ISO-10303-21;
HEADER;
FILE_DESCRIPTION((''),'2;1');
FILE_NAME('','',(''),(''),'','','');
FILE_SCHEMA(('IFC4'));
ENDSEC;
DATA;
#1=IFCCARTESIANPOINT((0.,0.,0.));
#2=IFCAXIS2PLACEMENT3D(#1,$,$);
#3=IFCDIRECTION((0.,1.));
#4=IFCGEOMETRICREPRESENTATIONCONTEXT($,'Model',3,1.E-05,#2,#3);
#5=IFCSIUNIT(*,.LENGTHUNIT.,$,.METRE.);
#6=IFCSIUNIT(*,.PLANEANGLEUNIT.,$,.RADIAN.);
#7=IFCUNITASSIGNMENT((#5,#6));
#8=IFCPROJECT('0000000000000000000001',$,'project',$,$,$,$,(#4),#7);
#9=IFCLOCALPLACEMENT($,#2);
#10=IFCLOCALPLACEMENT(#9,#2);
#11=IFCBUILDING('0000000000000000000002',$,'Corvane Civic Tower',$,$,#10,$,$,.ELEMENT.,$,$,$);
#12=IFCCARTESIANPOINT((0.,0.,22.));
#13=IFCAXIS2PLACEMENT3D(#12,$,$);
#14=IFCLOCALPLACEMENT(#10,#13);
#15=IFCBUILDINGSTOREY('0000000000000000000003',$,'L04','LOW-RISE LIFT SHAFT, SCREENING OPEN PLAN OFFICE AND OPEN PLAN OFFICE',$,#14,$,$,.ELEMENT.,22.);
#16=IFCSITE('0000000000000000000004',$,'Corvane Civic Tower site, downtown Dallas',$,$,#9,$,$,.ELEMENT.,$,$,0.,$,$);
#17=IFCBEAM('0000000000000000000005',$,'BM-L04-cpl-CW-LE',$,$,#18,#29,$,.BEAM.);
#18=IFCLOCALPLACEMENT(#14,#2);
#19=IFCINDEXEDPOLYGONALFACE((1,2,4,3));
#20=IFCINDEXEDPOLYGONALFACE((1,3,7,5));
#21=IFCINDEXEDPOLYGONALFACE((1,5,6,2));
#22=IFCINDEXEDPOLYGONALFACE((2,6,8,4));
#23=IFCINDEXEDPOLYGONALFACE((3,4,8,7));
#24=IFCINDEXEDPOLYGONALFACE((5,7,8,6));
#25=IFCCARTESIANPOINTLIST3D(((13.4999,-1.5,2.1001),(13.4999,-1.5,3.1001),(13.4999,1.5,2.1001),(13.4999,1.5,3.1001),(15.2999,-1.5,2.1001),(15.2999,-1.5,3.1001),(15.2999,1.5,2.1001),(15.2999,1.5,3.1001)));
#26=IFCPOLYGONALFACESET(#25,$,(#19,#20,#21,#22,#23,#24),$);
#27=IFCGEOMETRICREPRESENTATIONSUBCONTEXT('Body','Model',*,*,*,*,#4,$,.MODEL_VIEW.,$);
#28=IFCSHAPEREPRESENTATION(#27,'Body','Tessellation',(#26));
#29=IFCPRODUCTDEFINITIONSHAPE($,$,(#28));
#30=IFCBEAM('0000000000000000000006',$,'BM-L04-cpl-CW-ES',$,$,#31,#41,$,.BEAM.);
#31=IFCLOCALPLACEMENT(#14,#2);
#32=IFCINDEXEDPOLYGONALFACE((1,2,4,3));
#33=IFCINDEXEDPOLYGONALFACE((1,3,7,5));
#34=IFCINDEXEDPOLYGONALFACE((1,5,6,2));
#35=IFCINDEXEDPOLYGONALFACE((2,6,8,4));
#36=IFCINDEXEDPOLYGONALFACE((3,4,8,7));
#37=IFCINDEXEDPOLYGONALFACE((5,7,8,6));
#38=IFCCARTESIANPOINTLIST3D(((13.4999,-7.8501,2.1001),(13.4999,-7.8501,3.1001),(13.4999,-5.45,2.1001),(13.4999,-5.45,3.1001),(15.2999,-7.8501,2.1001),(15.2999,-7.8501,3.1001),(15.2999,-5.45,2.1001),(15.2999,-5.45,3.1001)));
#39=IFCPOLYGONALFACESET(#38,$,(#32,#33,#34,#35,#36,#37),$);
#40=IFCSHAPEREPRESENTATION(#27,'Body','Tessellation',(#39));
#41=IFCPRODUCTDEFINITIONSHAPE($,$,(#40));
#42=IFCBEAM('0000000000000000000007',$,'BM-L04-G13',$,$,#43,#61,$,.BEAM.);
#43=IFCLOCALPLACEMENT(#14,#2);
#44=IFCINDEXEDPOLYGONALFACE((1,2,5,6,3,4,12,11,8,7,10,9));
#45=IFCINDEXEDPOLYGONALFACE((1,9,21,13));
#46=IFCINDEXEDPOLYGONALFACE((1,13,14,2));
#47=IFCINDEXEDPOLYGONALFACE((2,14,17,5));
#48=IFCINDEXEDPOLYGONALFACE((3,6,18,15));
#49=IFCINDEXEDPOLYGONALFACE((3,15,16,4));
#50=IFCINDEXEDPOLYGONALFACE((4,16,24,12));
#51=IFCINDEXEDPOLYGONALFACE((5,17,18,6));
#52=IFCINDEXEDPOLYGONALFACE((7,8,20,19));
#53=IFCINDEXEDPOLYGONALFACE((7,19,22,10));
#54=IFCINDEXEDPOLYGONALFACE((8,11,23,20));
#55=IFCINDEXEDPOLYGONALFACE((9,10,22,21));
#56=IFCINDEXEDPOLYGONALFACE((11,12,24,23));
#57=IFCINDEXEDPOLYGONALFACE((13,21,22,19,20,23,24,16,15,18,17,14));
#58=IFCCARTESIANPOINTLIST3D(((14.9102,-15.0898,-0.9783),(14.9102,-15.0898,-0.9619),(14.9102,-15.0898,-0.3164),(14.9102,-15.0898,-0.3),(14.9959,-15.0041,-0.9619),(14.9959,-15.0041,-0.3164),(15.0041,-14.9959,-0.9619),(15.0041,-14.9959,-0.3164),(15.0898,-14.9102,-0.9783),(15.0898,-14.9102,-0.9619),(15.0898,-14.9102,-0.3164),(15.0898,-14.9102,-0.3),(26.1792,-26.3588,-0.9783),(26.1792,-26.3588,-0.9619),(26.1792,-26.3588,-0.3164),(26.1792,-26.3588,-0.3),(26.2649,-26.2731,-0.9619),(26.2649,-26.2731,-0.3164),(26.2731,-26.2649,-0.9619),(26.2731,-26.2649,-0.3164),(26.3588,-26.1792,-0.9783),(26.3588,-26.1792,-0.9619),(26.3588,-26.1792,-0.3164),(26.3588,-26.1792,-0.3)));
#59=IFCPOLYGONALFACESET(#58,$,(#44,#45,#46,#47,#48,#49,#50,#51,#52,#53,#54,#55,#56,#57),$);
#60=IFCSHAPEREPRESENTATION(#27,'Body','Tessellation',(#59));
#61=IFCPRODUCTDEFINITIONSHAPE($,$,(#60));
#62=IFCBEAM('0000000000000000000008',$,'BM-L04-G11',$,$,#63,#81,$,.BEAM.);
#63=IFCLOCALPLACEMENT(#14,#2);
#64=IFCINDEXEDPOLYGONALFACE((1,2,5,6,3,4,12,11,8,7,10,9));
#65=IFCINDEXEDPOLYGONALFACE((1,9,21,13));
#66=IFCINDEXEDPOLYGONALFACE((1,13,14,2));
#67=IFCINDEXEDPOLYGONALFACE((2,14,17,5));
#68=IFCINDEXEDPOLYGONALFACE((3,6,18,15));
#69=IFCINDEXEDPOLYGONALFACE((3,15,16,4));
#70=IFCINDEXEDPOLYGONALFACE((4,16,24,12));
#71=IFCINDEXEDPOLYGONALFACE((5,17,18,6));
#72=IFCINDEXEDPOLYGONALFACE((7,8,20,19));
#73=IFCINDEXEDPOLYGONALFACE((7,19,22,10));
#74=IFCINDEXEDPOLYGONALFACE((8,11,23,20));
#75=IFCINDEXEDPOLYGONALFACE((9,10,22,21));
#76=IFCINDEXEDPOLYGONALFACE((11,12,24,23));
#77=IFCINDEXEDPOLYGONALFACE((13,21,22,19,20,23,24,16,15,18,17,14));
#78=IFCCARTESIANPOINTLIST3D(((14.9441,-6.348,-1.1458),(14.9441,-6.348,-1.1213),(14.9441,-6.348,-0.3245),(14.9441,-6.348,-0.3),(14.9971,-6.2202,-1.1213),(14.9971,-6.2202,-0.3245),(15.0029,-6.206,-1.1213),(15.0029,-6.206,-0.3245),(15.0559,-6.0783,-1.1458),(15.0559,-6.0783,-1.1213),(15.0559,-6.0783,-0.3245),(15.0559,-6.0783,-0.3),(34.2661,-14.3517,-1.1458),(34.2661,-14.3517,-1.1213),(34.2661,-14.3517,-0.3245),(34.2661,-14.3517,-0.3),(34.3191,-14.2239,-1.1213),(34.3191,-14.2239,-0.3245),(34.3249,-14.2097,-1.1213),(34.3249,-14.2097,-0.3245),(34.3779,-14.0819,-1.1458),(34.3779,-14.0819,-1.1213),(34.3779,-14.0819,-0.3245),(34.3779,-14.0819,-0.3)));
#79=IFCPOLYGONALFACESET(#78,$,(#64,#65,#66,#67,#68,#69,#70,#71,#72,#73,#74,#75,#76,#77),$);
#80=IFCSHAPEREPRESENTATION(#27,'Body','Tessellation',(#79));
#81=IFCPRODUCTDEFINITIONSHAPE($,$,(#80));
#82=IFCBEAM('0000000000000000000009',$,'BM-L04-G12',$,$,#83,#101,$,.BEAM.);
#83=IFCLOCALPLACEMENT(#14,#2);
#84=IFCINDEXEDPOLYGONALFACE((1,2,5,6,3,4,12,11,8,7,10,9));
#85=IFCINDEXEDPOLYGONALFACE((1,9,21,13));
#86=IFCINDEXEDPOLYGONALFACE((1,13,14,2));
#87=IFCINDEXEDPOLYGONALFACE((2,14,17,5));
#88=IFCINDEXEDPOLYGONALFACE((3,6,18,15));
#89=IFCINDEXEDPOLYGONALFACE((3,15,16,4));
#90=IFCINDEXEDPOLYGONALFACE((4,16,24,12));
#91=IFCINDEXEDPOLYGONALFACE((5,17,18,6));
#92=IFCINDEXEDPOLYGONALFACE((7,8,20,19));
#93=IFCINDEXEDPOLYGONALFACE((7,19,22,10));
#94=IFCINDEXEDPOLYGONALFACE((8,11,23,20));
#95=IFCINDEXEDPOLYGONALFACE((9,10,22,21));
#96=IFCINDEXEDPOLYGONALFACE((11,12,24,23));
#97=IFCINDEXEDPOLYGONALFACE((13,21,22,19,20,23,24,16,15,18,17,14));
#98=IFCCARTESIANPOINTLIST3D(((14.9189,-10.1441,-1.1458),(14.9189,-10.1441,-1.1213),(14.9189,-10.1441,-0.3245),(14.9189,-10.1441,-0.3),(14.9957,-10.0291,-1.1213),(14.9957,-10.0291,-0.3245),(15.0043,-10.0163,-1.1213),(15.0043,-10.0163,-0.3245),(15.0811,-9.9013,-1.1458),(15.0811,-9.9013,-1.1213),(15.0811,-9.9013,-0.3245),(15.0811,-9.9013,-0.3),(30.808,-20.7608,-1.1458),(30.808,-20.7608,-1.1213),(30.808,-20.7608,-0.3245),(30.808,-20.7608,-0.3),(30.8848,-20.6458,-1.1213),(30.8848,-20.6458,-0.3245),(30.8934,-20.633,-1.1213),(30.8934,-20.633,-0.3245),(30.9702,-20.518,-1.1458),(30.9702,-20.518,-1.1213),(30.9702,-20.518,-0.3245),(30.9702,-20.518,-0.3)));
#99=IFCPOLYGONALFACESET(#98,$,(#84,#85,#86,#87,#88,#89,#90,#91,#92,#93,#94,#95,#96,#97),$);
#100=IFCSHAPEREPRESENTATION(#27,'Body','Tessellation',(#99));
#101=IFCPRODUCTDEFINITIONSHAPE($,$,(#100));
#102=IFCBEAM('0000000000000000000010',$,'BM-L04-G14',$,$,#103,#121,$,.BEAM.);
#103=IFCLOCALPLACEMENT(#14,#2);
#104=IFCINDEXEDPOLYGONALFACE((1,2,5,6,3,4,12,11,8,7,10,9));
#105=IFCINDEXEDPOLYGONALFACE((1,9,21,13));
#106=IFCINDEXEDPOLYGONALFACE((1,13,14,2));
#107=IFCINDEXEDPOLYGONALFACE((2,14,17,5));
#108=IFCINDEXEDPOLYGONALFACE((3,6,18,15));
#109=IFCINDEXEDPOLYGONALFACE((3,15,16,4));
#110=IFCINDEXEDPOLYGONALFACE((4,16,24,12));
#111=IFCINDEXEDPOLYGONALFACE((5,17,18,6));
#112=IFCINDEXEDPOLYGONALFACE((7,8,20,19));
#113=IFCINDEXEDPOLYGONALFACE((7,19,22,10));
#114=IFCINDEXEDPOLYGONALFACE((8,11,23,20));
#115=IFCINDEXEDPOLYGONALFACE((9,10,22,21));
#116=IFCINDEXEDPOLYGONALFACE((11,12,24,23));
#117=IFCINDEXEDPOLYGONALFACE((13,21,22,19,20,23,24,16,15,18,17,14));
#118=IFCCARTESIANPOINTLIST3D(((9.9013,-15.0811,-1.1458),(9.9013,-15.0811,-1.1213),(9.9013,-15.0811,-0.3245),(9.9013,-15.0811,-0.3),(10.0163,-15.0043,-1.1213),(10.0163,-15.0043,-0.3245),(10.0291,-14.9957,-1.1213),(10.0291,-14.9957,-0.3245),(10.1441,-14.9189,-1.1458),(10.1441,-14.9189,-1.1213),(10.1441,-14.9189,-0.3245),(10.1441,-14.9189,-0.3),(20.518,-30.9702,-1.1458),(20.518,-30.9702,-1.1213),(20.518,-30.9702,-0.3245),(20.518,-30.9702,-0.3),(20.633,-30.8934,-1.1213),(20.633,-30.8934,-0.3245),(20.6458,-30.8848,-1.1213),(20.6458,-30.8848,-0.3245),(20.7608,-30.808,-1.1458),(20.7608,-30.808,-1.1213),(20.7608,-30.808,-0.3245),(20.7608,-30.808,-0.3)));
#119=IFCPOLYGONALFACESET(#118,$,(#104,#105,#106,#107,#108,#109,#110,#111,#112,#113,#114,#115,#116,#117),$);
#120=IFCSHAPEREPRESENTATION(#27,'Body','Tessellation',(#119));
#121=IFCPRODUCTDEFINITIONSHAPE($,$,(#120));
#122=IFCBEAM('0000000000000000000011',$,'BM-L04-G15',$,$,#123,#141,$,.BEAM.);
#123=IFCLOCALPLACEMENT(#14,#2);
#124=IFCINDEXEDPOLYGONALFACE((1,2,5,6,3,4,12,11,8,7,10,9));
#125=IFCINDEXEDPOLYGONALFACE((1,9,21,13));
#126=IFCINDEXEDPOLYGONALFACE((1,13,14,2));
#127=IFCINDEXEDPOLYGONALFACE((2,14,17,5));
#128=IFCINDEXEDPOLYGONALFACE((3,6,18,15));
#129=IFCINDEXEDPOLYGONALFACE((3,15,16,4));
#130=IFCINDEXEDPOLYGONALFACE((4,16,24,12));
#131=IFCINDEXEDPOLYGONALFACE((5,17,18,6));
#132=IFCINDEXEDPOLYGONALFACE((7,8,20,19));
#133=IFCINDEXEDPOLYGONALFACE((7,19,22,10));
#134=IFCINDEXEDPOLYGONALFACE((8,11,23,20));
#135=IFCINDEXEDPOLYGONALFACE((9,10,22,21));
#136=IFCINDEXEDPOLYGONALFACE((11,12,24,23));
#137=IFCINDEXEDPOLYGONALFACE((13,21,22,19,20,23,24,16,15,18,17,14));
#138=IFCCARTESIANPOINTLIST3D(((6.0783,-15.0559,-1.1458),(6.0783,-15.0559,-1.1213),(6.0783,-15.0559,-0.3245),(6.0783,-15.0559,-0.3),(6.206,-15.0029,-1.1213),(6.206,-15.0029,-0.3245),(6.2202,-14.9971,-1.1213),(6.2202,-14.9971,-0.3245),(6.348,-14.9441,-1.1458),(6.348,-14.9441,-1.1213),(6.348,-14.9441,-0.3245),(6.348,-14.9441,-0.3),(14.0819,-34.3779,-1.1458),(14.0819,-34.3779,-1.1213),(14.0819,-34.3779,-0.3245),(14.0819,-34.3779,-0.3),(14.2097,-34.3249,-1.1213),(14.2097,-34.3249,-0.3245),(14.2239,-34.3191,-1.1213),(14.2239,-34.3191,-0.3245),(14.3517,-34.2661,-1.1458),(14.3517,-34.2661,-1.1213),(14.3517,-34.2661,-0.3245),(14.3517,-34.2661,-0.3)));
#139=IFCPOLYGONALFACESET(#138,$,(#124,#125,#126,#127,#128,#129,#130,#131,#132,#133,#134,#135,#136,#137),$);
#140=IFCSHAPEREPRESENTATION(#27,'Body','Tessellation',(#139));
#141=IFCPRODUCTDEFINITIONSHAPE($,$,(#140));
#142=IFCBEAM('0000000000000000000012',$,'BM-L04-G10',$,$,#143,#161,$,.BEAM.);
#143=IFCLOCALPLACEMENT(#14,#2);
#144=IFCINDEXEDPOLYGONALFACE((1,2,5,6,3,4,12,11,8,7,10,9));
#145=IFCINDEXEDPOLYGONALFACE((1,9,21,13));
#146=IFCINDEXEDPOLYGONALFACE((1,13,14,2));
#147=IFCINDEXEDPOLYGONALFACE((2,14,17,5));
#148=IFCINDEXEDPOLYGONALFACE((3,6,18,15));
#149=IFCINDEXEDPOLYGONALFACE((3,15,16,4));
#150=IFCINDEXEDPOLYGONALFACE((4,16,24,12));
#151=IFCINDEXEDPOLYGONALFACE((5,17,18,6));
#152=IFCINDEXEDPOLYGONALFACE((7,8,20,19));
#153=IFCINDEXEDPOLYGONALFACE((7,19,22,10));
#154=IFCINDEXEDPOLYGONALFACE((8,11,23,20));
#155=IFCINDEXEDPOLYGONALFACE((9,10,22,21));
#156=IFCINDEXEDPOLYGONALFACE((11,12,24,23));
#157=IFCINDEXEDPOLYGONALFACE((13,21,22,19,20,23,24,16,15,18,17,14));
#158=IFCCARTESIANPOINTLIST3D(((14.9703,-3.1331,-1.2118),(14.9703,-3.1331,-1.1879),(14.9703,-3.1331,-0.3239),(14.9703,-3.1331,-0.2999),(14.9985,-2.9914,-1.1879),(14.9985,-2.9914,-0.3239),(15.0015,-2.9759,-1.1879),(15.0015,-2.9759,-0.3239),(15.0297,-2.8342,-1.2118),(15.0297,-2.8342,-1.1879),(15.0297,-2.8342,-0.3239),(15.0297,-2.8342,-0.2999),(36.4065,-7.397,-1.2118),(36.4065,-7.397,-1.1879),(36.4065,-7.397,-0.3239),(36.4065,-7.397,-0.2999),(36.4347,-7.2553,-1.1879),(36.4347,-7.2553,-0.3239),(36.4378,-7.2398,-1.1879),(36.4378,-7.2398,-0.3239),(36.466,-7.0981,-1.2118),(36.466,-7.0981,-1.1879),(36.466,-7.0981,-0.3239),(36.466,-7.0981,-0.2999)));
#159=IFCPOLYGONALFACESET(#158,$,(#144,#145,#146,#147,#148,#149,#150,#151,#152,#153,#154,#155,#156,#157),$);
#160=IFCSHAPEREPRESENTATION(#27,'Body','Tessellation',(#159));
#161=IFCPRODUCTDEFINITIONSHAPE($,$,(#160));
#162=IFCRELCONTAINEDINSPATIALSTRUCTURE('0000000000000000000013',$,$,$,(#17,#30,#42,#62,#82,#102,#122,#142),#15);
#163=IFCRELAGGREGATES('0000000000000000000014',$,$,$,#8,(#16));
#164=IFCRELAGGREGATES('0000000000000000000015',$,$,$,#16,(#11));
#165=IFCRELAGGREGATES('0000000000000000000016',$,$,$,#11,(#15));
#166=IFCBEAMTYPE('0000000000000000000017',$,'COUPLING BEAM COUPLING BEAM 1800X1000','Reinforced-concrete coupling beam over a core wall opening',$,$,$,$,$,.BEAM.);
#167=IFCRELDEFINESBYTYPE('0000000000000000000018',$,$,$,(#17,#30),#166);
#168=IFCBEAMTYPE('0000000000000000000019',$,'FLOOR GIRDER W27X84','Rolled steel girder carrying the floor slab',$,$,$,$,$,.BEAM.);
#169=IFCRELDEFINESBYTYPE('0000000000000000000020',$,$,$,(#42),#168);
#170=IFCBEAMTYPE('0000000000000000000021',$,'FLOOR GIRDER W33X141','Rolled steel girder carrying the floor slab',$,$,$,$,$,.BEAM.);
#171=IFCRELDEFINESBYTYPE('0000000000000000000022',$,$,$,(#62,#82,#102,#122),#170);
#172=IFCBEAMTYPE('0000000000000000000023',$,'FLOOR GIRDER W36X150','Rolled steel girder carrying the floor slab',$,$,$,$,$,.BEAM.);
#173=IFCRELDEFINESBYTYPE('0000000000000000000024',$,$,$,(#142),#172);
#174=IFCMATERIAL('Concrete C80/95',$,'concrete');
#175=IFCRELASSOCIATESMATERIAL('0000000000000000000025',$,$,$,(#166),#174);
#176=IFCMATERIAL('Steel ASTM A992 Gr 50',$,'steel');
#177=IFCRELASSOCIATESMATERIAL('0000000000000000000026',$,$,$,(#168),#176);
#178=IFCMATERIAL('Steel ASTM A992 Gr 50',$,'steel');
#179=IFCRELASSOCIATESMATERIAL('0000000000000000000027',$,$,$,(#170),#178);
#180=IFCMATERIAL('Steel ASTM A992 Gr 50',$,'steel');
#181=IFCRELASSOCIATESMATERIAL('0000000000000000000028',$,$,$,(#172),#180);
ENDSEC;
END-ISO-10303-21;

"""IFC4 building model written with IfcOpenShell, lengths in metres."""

from ifc_helpers import new_model, si_unit, direction, frame, origin, origin_2d, place, context, subcontext, project, spatial, rectangle, i_section, extrude, material, material_profile, profile_set, type_object, element, save


model = new_model("IFC4")

# Units and contexts
model_context = context("Model", 3, precision=1e-05, world=origin(), true_north=direction((0.0, 1.0)))
body_context = subcontext(model_context, "Body", "Model", "MODEL_VIEW")
ifc_project = project(units=[si_unit("LENGTHUNIT", "METRE"), si_unit("PLANEANGLEUNIT", "RADIAN")], contexts=[model_context])

# Site, building, storey
site_placement = place(None, origin())
site = spatial("IfcSite", under=ifc_project, at=site_placement, Name="Corvane Civic Tower site, downtown Dallas", CompositionType="ELEMENT", RefElevation=0.0)
building_placement = place(site_placement, origin())
building = spatial("IfcBuilding", under=site, at=building_placement, Name="Corvane Civic Tower", CompositionType="ELEMENT")
storey_placement = place(building_placement, frame((0.0, 0.0, 22.0)))
storey = spatial("IfcBuildingStorey", under=building, at=storey_placement, Name="L04", Description="LOW-RISE LIFT SHAFT, SCREENING OPEN PLAN OFFICE AND OPEN PLAN OFFICE", CompositionType="ELEMENT", Elevation=22.0)

# Beams
ifc_material_1 = material(Name="Concrete C80/95", Category="concrete")
ifc_material_profile_1 = material_profile(ifc_material_1, rectangle(XDim=1.8, YDim=1.0, at=origin_2d()), Name="COUPLING BEAM 1800X1000")
ifc_profile_set_1 = profile_set([ifc_material_profile_1], Name="Concrete C80/95")
beam_type_1 = type_object("IfcBeamType", Name="COUPLING BEAM COUPLING BEAM 1800X1000", Description="Reinforced-concrete coupling beam over a core wall opening", PredefinedType="BEAM", material=ifc_profile_set_1)
beam_1_placement = place(storey_placement, frame((14.3999, -1.5, 2.6001), z_axis=(0.0, 1.0, 0.0), x_axis=(-1.0, 0.0, 0.0)))
element("IfcBeam", 1, at=beam_1_placement, inside=storey, type_object=beam_type_1, Name="BM-L04-cpl-CW-LE", PredefinedType="BEAM", context=body_context, shape_type="SweptSolid", body=[
    extrude(rectangle(XDim=1.8, YDim=1.0, at=origin_2d()), origin(), (0.0, 0.0, 1.0), 3.0),
])
beam_2_placement = place(storey_placement, frame((14.3999, -7.8501, 2.6001), z_axis=(0.0, 1.0, 0.0), x_axis=(-1.0, 0.0, 0.0)))
element("IfcBeam", 2, at=beam_2_placement, inside=storey, type_object=beam_type_1, Name="BM-L04-cpl-CW-ES", PredefinedType="BEAM", context=body_context, shape_type="SweptSolid", body=[
    extrude(rectangle(XDim=1.8, YDim=1.0, at=origin_2d()), origin(), (0.0, 0.0, 1.0), 2.4001),
])
ifc_material_2 = material(Name="Steel ASTM A992 Gr 50", Category="steel")
ifc_material_profile_2 = material_profile(ifc_material_2, i_section(OverallWidth=0.2539, OverallDepth=0.6782, WebThickness=0.0117, FlangeThickness=0.0164, at=origin_2d()), Name="W27X84")
ifc_profile_set_2 = profile_set([ifc_material_profile_2], Name="Steel ASTM A992 Gr 50")
beam_type_2 = type_object("IfcBeamType", Name="FLOOR GIRDER W27X84", Description="Rolled steel girder carrying the floor slab", PredefinedType="BEAM", material=ifc_profile_set_2)
beam_3_placement = place(storey_placement, frame((15.0, -15.0, -0.6392), z_axis=(0.707107, -0.707107, 0.0), x_axis=(0.707107, 0.707107, 0.0)))
element("IfcBeam", 3, at=beam_3_placement, inside=storey, type_object=beam_type_2, Name="BM-L04-G13", PredefinedType="BEAM", context=body_context, shape_type="SweptSolid", body=[
    extrude(i_section(OverallWidth=0.2539, OverallDepth=0.6782, WebThickness=0.0117, FlangeThickness=0.0164, at=origin_2d()), origin(), (0.0, 0.0, 1.0), 15.9368),
])
ifc_material_3 = material(Name="Steel ASTM A992 Gr 50", Category="steel")
ifc_material_profile_3 = material_profile(ifc_material_3, i_section(OverallWidth=0.292, OverallDepth=0.8457, WebThickness=0.0154, FlangeThickness=0.0244, at=origin_2d()), Name="W33X141")
ifc_profile_set_3 = profile_set([ifc_material_profile_3], Name="Steel ASTM A992 Gr 50")
beam_type_3 = type_object("IfcBeamType", Name="FLOOR GIRDER W33X141", Description="Rolled steel girder carrying the floor slab", PredefinedType="BEAM", material=ifc_profile_set_3)
beam_4_placement = place(storey_placement, frame((15.0, -6.2131, -0.7229), z_axis=(0.923876, -0.382692, 0.0), x_axis=(0.382692, 0.923876, 0.0)))
element("IfcBeam", 4, at=beam_4_placement, inside=storey, type_object=beam_type_3, Name="BM-L04-G11", PredefinedType="BEAM", context=body_context, shape_type="SweptSolid", body=[
    extrude(i_section(OverallWidth=0.292, OverallDepth=0.8457, WebThickness=0.0154, FlangeThickness=0.0244, at=origin_2d()), origin(), (0.0, 0.0, 1.0), 20.9141),
])
for number, where, z_axis, x_axis, name in (
    (5, (15.0, -10.0227, -0.7229), (0.831472, -0.555567, 0.0), (0.555567, 0.831472, 0.0), "BM-L04-G12"),
    (6, (10.0227, -15.0, -0.7229), (0.555567, -0.831472, 0.0), (0.831472, 0.555567, 0.0), "BM-L04-G14"),
):
    element("IfcBeam", number, at=place(storey_placement, frame(where, z_axis=z_axis, x_axis=x_axis)), inside=storey, type_object=beam_type_3, Name=name, PredefinedType="BEAM", context=body_context, shape_type="SweptSolid", body=[
        extrude(i_section(OverallWidth=0.292, OverallDepth=0.8457, WebThickness=0.0154, FlangeThickness=0.0244, at=origin_2d()), origin(), (0.0, 0.0, 1.0), 19.1096),
    ])
beam_5_placement = place(storey_placement, frame((6.2131, -15.0, -0.7229), z_axis=(0.382692, -0.923876, 0.0), x_axis=(0.923876, 0.382692, 0.0)))
element("IfcBeam", 7, at=beam_5_placement, inside=storey, type_object=beam_type_3, Name="BM-L04-G15", PredefinedType="BEAM", context=body_context, shape_type="SweptSolid", body=[
    extrude(i_section(OverallWidth=0.292, OverallDepth=0.8457, WebThickness=0.0154, FlangeThickness=0.0244, at=origin_2d()), origin(), (0.0, 0.0, 1.0), 20.9141),
])
ifc_material_4 = material(Name="Steel ASTM A992 Gr 50", Category="steel")
ifc_material_profile_4 = material_profile(ifc_material_4, i_section(OverallWidth=0.3047, OverallDepth=0.9119, WebThickness=0.0159, FlangeThickness=0.0239, at=origin_2d()), Name="W36X150")
ifc_profile_set_4 = profile_set([ifc_material_profile_4], Name="Steel ASTM A992 Gr 50")
beam_type_4 = type_object("IfcBeamType", Name="FLOOR GIRDER W36X150", Description="Rolled steel girder carrying the floor slab", PredefinedType="BEAM", material=ifc_profile_set_4)
beam_6_placement = place(storey_placement, frame((15.0, -2.9836, -0.7559), z_axis=(0.980785, -0.195089, 0.0), x_axis=(0.195089, 0.980785, 0.0)))
element("IfcBeam", 8, at=beam_6_placement, inside=storey, type_object=beam_type_4, Name="BM-L04-G10", PredefinedType="BEAM", context=body_context, shape_type="SweptSolid", body=[
    extrude(i_section(OverallWidth=0.3047, OverallDepth=0.9119, WebThickness=0.0159, FlangeThickness=0.0239, at=origin_2d()), origin(), (0.0, 0.0, 1.0), 21.8562),
])

save(model, "model.ifc")
